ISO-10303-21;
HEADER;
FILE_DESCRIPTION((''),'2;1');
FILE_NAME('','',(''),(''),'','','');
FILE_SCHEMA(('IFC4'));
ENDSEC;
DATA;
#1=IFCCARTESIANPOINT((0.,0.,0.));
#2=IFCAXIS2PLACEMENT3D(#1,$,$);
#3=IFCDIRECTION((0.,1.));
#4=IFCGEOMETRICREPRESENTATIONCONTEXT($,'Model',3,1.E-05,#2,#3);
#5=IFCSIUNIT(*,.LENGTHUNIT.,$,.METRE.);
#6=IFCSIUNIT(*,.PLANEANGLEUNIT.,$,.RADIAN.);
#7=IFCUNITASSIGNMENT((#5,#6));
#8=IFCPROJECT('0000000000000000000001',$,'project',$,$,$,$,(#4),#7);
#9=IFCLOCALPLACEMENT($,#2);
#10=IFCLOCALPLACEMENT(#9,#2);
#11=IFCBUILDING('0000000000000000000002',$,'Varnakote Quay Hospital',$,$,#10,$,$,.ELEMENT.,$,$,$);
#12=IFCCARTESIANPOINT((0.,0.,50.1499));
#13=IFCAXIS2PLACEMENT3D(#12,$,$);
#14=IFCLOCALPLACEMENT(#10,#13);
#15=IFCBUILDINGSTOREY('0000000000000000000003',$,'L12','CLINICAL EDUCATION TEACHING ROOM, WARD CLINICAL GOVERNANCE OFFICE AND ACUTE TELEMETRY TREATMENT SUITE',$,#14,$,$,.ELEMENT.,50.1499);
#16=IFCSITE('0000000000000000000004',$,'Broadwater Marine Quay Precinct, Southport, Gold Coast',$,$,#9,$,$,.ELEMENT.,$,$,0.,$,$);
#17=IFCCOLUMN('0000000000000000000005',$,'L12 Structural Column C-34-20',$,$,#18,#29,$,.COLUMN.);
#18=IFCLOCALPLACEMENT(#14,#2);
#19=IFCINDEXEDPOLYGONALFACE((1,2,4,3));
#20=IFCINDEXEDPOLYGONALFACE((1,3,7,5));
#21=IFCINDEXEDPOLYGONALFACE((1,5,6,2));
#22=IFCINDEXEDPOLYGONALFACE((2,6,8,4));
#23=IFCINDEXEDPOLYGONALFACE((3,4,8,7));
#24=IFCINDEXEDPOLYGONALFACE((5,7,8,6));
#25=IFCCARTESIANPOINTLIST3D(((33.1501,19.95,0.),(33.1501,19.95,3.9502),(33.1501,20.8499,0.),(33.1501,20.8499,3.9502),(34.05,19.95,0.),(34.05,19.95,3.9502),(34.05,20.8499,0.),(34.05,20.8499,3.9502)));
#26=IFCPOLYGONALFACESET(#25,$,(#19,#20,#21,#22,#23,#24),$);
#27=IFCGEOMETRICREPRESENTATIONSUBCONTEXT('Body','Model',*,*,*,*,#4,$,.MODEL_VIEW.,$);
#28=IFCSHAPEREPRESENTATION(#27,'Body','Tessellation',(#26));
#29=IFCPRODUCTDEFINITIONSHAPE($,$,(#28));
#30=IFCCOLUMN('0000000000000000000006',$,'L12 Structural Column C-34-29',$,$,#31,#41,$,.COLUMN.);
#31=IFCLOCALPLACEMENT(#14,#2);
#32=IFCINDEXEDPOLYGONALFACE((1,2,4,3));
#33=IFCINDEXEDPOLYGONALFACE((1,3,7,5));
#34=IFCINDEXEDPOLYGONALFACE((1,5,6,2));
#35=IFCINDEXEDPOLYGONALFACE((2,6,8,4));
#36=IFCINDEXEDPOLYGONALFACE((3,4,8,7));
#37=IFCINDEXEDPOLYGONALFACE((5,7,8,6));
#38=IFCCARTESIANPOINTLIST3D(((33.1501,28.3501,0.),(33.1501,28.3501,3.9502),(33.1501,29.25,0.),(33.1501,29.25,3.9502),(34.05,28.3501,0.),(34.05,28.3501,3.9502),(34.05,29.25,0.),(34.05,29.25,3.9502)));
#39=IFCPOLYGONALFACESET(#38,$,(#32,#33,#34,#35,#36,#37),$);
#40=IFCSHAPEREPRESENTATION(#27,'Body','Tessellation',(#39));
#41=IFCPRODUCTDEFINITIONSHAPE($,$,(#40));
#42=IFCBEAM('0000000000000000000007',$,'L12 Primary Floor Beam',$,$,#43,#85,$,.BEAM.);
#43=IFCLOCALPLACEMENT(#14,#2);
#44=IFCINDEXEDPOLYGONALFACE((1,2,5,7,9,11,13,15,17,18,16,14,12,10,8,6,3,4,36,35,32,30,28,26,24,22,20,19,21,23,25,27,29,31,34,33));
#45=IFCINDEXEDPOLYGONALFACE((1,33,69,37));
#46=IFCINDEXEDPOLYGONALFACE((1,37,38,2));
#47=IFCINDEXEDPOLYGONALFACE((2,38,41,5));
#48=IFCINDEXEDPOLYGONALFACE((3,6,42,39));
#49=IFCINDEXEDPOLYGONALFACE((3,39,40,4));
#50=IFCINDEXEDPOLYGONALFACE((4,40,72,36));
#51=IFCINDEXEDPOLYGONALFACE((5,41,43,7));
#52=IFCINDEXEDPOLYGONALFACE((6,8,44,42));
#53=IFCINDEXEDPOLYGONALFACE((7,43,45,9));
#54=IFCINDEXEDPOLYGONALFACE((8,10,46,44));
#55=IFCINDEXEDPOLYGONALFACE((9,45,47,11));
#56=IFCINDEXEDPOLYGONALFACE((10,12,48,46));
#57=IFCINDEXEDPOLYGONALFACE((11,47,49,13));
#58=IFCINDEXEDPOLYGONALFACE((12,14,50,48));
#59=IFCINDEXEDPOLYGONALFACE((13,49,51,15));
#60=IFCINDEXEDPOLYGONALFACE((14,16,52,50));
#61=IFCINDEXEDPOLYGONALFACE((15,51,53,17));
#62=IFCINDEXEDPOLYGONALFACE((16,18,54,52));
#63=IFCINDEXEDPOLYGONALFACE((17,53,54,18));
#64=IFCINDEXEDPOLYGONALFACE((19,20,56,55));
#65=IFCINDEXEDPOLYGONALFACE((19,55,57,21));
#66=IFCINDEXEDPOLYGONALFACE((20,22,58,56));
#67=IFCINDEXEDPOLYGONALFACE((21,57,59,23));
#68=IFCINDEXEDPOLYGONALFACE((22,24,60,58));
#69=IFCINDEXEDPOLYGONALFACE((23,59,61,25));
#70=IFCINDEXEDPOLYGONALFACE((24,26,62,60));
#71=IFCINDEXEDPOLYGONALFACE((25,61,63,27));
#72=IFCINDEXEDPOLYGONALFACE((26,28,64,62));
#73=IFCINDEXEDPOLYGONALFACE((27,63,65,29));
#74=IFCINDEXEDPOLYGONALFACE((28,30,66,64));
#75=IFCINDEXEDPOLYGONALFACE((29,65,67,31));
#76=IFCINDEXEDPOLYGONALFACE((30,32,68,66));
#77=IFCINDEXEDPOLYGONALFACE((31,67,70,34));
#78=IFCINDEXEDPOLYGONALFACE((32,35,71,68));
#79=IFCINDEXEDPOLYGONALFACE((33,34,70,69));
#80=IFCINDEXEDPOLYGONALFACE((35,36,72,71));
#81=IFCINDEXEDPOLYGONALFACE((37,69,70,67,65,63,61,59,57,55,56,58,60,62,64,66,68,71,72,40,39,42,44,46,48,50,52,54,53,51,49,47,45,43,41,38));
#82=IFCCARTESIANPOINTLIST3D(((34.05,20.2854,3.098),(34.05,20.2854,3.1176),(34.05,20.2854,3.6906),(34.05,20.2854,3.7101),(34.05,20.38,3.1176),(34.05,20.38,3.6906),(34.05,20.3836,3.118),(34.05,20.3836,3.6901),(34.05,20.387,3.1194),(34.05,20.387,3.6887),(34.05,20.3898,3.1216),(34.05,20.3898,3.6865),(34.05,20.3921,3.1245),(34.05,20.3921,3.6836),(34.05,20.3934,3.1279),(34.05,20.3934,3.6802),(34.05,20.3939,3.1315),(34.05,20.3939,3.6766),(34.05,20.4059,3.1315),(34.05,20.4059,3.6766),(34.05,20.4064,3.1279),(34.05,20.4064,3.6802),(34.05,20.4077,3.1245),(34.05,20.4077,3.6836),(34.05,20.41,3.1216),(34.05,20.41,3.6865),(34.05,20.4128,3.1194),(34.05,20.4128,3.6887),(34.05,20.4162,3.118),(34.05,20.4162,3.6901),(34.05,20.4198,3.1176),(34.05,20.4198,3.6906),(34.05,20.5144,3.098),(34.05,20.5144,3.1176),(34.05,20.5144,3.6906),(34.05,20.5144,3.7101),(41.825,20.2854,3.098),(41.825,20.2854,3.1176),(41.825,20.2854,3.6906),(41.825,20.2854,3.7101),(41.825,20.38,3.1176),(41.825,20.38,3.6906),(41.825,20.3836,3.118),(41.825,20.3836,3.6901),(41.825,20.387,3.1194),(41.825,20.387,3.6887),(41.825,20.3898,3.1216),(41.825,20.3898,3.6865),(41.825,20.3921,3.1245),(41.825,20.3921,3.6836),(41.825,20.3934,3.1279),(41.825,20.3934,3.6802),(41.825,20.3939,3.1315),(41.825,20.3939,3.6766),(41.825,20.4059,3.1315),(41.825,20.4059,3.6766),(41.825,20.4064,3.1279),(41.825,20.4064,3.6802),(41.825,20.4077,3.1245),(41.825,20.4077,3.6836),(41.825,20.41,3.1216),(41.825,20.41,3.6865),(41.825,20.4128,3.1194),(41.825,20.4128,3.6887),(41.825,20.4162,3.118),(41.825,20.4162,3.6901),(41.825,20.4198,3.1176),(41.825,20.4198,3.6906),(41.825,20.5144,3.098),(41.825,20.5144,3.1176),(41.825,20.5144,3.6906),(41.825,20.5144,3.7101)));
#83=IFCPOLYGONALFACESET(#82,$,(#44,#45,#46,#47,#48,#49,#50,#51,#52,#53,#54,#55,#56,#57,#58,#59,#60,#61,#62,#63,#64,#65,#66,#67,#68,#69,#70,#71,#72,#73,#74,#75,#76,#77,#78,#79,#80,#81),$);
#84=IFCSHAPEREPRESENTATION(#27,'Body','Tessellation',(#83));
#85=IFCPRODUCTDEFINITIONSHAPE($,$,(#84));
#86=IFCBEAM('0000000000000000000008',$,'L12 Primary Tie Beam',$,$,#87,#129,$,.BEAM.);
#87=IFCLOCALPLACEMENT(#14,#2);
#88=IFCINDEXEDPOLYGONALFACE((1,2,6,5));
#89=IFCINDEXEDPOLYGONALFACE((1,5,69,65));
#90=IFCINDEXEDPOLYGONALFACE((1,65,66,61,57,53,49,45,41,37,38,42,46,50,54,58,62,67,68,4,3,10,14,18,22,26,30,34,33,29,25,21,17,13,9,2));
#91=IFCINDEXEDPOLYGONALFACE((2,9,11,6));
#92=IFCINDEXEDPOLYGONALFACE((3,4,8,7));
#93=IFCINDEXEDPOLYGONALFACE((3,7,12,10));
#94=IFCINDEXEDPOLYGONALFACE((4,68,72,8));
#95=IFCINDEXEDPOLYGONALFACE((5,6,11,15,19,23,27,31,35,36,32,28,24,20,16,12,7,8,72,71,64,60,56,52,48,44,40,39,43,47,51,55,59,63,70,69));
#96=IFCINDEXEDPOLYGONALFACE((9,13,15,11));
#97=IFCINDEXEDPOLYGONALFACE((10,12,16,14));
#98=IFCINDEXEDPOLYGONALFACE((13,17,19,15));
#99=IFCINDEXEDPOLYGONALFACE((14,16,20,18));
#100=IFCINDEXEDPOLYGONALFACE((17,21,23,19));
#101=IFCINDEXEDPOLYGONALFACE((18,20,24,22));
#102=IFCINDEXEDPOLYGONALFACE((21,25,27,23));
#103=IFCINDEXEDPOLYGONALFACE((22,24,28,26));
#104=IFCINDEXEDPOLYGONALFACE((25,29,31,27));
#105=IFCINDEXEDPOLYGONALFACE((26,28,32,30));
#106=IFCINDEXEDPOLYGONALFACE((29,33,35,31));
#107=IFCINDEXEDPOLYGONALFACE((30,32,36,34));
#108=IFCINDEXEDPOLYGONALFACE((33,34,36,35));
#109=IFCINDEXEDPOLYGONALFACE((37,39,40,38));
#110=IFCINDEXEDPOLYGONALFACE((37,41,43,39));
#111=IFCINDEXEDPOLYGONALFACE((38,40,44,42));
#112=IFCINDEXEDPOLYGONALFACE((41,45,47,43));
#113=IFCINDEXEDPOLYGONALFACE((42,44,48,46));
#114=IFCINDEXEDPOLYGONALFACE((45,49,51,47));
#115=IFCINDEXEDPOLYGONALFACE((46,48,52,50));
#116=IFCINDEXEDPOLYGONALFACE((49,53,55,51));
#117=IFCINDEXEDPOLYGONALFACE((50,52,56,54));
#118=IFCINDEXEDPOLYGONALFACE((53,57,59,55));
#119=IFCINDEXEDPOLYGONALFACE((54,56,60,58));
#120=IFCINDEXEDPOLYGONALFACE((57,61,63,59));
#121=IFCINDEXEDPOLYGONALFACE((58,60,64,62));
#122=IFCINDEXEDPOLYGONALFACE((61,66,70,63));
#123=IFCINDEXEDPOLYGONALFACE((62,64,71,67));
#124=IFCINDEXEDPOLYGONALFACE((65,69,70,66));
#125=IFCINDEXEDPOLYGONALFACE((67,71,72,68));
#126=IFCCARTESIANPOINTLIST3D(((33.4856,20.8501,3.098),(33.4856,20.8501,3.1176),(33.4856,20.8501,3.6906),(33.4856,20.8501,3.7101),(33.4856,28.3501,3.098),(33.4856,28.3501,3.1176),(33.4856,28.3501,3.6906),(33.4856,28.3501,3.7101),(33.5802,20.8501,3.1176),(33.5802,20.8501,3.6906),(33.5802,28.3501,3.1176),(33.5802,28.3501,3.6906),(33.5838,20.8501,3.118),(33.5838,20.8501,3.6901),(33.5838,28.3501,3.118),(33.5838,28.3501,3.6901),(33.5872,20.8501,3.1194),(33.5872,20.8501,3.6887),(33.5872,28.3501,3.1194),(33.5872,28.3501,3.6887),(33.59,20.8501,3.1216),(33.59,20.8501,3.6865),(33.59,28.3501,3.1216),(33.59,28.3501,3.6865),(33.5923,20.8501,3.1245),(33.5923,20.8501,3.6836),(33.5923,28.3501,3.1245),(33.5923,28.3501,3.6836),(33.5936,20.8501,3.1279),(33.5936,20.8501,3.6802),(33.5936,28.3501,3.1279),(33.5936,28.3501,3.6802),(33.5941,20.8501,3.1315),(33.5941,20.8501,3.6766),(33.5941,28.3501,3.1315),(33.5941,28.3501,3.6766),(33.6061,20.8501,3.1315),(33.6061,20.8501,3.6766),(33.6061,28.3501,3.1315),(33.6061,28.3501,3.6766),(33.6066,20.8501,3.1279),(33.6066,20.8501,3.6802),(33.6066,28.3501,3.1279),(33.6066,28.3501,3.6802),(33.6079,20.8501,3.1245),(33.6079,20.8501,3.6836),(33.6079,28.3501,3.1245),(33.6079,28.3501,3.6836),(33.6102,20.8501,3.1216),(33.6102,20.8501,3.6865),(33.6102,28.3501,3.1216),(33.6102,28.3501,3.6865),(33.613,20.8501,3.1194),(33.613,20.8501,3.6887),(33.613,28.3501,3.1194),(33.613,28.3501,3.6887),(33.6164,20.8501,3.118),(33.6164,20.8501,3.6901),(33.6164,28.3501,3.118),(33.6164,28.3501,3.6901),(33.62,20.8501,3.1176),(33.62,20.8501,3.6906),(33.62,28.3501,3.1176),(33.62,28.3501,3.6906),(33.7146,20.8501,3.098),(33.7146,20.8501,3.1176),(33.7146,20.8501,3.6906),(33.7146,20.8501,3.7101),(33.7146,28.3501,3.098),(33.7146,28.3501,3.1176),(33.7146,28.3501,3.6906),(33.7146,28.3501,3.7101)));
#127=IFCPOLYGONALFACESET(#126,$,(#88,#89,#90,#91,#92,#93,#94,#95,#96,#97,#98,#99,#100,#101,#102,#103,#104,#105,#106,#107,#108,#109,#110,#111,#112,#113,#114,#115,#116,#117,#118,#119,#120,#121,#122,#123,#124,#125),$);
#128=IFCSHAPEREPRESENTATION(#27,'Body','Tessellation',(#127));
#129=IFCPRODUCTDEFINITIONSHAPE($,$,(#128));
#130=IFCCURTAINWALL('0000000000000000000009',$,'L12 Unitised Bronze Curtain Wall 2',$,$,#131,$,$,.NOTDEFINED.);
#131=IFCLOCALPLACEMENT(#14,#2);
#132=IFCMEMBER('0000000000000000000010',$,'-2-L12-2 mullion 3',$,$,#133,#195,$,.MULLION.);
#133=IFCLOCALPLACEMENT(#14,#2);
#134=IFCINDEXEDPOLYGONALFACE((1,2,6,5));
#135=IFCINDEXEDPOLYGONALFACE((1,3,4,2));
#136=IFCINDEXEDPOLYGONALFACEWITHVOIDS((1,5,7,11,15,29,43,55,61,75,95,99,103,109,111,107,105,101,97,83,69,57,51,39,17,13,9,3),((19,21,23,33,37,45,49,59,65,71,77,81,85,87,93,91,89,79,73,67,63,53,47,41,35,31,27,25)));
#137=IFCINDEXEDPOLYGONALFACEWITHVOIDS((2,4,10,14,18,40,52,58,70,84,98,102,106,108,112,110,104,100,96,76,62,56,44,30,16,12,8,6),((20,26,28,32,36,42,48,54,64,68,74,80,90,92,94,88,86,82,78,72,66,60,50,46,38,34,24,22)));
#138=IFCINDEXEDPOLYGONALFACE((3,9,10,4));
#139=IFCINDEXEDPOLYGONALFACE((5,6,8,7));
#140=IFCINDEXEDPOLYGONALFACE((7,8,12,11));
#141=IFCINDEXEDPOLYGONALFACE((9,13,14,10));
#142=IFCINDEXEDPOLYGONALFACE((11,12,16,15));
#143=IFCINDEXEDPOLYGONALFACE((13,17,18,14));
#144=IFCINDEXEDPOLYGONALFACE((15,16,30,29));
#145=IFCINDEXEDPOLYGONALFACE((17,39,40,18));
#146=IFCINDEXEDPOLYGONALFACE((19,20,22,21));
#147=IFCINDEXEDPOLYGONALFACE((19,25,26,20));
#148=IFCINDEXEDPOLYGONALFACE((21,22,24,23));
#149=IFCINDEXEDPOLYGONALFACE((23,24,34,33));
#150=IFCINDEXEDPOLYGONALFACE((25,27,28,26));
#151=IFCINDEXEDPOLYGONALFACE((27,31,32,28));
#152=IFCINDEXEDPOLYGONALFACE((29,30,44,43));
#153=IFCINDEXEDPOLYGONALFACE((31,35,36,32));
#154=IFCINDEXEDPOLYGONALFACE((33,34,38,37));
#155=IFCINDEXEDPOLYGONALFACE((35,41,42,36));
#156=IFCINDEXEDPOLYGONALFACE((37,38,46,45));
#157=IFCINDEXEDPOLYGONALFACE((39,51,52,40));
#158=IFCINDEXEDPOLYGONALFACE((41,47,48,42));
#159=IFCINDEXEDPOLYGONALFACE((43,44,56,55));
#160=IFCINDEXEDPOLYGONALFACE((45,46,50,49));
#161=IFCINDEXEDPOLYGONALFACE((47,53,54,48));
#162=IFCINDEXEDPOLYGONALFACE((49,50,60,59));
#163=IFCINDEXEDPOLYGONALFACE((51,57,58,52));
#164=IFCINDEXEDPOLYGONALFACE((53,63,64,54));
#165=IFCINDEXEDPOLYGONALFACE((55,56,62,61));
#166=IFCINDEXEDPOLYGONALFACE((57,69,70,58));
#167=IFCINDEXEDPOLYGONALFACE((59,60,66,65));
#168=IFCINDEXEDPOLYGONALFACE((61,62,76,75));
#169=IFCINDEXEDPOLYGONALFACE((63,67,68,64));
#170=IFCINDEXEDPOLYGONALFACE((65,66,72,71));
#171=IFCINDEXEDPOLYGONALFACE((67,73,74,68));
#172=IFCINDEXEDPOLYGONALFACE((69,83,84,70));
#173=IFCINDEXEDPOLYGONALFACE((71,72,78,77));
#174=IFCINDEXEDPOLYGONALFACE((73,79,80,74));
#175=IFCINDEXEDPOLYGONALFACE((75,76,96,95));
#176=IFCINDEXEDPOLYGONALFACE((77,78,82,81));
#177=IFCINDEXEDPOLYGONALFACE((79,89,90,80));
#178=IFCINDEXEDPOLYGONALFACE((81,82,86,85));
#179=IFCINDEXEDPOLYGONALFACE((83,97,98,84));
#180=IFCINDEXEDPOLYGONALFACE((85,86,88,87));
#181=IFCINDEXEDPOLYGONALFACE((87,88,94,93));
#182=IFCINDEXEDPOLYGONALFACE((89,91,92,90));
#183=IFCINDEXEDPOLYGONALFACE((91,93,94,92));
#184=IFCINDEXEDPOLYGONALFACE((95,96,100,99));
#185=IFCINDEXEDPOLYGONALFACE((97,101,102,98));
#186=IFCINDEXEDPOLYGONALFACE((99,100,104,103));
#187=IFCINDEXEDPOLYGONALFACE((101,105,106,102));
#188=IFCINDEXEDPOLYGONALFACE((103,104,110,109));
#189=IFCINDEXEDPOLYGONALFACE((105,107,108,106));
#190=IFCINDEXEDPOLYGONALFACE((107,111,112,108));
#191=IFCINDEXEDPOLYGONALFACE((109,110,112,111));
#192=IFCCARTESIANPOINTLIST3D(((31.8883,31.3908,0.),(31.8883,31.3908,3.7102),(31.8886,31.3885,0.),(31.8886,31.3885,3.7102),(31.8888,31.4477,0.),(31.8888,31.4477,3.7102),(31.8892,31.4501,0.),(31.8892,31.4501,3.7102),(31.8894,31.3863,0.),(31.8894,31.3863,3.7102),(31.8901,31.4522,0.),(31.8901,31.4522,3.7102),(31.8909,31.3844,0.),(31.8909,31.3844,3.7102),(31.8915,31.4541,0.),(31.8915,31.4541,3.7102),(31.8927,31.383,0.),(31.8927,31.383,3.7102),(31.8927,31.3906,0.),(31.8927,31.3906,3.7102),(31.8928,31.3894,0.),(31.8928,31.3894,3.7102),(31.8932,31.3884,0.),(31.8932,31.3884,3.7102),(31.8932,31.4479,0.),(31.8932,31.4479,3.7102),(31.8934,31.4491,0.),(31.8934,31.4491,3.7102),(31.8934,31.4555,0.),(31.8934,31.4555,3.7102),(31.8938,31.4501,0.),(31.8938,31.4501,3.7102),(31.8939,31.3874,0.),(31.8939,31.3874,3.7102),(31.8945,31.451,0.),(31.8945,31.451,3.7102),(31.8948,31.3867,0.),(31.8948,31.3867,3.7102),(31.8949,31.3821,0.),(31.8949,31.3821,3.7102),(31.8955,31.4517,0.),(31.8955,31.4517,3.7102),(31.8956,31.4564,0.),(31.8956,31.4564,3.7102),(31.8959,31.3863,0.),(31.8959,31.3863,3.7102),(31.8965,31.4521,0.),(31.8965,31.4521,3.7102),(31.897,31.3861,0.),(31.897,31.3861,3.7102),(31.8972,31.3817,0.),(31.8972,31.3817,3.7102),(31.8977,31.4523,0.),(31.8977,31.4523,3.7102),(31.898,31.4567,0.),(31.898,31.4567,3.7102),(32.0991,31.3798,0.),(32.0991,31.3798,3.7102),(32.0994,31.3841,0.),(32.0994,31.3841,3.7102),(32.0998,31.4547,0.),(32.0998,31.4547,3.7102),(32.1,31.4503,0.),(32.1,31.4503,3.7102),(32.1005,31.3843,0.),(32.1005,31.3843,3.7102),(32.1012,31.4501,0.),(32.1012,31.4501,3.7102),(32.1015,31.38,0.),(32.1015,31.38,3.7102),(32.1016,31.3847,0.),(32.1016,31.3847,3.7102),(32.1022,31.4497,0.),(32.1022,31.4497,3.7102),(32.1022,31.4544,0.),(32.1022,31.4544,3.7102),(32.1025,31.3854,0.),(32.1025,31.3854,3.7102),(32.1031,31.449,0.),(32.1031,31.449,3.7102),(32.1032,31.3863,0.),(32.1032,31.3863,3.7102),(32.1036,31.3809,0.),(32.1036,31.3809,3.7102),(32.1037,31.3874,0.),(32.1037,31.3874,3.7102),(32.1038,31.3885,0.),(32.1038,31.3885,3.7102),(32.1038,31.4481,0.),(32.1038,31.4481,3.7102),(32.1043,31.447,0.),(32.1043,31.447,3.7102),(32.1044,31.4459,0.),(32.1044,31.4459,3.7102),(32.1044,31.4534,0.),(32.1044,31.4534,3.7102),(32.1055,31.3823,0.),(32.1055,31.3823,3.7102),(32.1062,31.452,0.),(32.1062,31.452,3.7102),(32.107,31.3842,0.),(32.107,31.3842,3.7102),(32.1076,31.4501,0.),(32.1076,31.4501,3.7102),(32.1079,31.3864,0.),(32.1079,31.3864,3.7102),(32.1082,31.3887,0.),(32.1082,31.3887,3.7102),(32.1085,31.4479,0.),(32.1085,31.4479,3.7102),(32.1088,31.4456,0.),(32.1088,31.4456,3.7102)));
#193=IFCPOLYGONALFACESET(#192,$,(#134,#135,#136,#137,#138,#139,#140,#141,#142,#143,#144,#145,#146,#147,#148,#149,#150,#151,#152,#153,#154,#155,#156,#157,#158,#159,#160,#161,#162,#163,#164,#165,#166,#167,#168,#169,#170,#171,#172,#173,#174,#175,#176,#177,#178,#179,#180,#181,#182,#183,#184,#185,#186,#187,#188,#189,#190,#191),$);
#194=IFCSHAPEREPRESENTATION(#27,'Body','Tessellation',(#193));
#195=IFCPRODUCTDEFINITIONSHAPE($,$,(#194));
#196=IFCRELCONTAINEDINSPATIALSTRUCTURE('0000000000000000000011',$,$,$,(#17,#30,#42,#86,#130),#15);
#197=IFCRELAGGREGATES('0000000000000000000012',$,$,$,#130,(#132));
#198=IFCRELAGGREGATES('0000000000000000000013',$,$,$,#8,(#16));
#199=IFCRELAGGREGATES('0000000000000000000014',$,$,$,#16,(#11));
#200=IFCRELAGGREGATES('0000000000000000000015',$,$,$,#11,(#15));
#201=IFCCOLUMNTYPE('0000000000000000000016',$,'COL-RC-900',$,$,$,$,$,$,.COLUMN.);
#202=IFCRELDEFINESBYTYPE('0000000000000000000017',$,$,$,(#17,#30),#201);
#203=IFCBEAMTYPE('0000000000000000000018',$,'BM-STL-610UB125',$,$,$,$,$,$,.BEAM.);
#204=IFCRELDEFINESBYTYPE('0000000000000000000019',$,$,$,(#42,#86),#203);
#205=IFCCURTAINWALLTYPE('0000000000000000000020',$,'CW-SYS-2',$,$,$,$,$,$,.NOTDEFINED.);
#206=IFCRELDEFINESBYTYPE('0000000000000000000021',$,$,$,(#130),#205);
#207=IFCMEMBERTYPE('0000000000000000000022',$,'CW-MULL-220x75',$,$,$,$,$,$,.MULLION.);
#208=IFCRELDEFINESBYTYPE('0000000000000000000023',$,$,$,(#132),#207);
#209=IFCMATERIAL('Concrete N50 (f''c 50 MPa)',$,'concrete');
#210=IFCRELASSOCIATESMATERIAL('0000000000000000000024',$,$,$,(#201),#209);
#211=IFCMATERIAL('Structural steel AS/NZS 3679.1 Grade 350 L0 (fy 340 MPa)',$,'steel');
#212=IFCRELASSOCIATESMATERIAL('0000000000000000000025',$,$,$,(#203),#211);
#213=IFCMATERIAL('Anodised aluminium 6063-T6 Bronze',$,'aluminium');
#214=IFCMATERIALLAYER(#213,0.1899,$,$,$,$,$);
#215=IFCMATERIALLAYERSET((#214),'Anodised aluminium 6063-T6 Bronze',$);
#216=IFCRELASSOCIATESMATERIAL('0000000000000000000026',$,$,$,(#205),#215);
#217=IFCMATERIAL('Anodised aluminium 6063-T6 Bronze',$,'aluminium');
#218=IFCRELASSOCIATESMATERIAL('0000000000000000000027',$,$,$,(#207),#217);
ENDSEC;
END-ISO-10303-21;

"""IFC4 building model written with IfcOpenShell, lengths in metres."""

from ifc_helpers import new_model, si_unit, direction, frame, origin, origin_2d, place, context, subcontext, project, spatial, rectangle, hollow_rectangle, i_section, extrude, material, layer, layer_set, material_profile, profile_set, type_object, element, aggregate, save


model = new_model("IFC4")

# Units and contexts
model_context = context("Model", 3, precision=1e-05, world=origin(), true_north=direction((0.0, 1.0)))
body_context = subcontext(model_context, "Body", "Model", "MODEL_VIEW")
ifc_project = project(units=[si_unit("LENGTHUNIT", "METRE"), si_unit("PLANEANGLEUNIT", "RADIAN")], contexts=[model_context])

# Site, building, storey
site_placement = place(None, origin())
site = spatial("IfcSite", under=ifc_project, at=site_placement, Name="Broadwater Marine Quay Precinct, Southport, Gold Coast", CompositionType="ELEMENT", RefElevation=0.0)
building_placement = place(site_placement, origin())
building = spatial("IfcBuilding", under=site, at=building_placement, Name="Varnakote Quay Hospital", CompositionType="ELEMENT")
storey_placement = place(building_placement, frame((0.0, 0.0, 50.1499)))
storey = spatial("IfcBuildingStorey", under=building, at=storey_placement, Name="L12", Description="CLINICAL EDUCATION TEACHING ROOM, WARD CLINICAL GOVERNANCE OFFICE AND ACUTE TELEMETRY TREATMENT SUITE", CompositionType="ELEMENT", Elevation=50.1499)

# Columns
ifc_material_1 = material(Name="Concrete N50 (f'c 50 MPa)", Category="concrete")
ifc_material_profile_1 = material_profile(ifc_material_1, rectangle(XDim=0.8999, YDim=0.8999, at=origin_2d()), Name="RC-COL-900x900")
ifc_profile_set_1 = profile_set([ifc_material_profile_1], Name="Concrete N50 (f'c 50 MPa)")
column_type = type_object("IfcColumnType", Name="COL-RC-900", PredefinedType="COLUMN", material=ifc_profile_set_1)
for number, where, z_axis, x_axis, name in (
    (1, (33.6001, 20.3999, 0.0), (0.0, 0.0, 1.0), (1.0, 0.0, 0.0), "L12 Structural Column C-34-20"),
    (2, (33.6001, 28.8, 0.0), (0.0, 0.0, 1.0), (1.0, 0.0, 0.0), "L12 Structural Column C-34-29"),
):
    element("IfcColumn", number, at=place(storey_placement, frame(where, z_axis=z_axis, x_axis=x_axis)), inside=storey, type_object=column_type, Name=name, PredefinedType="COLUMN", context=body_context, shape_type="SweptSolid", body=[
        extrude(rectangle(XDim=0.8999, YDim=0.8999, at=origin_2d()), origin(), (0.0, 0.0, 1.0), 3.9502),
    ])

# Beams
ifc_material_2 = material(Name="Structural steel AS/NZS 3679.1 Grade 350 L0 (fy 340 MPa)", Category="steel")
ifc_material_profile_2 = material_profile(ifc_material_2, i_section(OverallWidth=0.229, OverallDepth=0.6121, WebThickness=0.012, FlangeThickness=0.0195, FilletRadius=0.0139, at=origin_2d()), Name="610UB125")
ifc_profile_set_2 = profile_set([ifc_material_profile_2], Name="Structural steel AS/NZS 3679.1 Grade 350 L0 (fy 340 MPa)")
beam_type_1 = type_object("IfcBeamType", Name="BM-STL-610UB125", PredefinedType="BEAM", material=ifc_profile_set_2)
beam_1_placement = place(storey_placement, frame((34.05, 20.3999, 3.4041), z_axis=(1.0, 0.0, 0.0), x_axis=(0.0, 1.0, 0.0)))
element("IfcBeam", 3, at=beam_1_placement, inside=storey, type_object=beam_type_1, Name="L12 Primary Floor Beam", PredefinedType="BEAM", context=body_context, shape_type="SweptSolid", body=[
    extrude(i_section(OverallWidth=0.229, OverallDepth=0.6121, WebThickness=0.012, FlangeThickness=0.0195, FilletRadius=0.0139, at=origin_2d()), origin(), (0.0, 0.0, 1.0), 7.7749),
])
beam_2_placement = place(storey_placement, frame((33.6001, 20.8501, 3.4041), z_axis=(0.0, 1.0, 0.0), x_axis=(-1.0, 0.0, 0.0)))
element("IfcBeam", 4, at=beam_2_placement, inside=storey, type_object=beam_type_1, Name="L12 Primary Tie Beam", PredefinedType="BEAM", context=body_context, shape_type="SweptSolid", body=[
    extrude(i_section(OverallWidth=0.229, OverallDepth=0.6121, WebThickness=0.012, FlangeThickness=0.0195, FilletRadius=0.0139, at=origin_2d()), origin(), (0.0, 0.0, 1.0), 7.5),
])

# Curtain wall, member
ifc_material_3 = material(Name="Anodised aluminium 6063-T6 Bronze", Category="aluminium")
ifc_layer_1 = layer(ifc_material_3, 0.1899)
ifc_layer_set_1 = layer_set([ifc_layer_1], Name="Anodised aluminium 6063-T6 Bronze")
curtain_wall_type = type_object("IfcCurtainWallType", Name="CW-SYS-2", PredefinedType="NOTDEFINED", material=ifc_layer_set_1)
curtain_wall_placement = place(storey_placement, origin())
curtain_wall = element("IfcCurtainWall", 5, at=curtain_wall_placement, inside=storey, type_object=curtain_wall_type, Name="L12 Unitised Bronze Curtain Wall 2", PredefinedType="NOTDEFINED")
ifc_material_4 = material(Name="Anodised aluminium 6063-T6 Bronze", Category="aluminium")
ifc_material_profile_3 = material_profile(ifc_material_4, hollow_rectangle(XDim=0.075, YDim=0.22, WallThickness=0.0044, InnerFilletRadius=0.0044, OuterFilletRadius=0.009, at=origin_2d()), Name="CW-MULL-220x75")
ifc_profile_set_3 = profile_set([ifc_material_profile_3], Name="Anodised aluminium 6063-T6 Bronze")
member_type_1 = type_object("IfcMemberType", Name="CW-MULL-220x75", PredefinedType="MULLION", material=ifc_profile_set_3)
member_1_placement = place(storey_placement, frame((31.9985, 31.4182, 0.0), z_axis=(0.0, 0.0, 1.0), x_axis=(-0.009774, -0.999952, 0.0)))
member_1 = element("IfcMember", 6, at=member_1_placement, type_object=member_type_1, Name="-2-L12-2 mullion 3", PredefinedType="MULLION", context=body_context, shape_type="SweptSolid", body=[
    extrude(hollow_rectangle(XDim=0.075, YDim=0.22, WallThickness=0.0044, InnerFilletRadius=0.0044, OuterFilletRadius=0.009, at=origin_2d()), origin(), (0.0, 0.0, 1.0), 3.7102),
])

aggregate(curtain_wall, [member_1])

save(model, "model.ifc")
